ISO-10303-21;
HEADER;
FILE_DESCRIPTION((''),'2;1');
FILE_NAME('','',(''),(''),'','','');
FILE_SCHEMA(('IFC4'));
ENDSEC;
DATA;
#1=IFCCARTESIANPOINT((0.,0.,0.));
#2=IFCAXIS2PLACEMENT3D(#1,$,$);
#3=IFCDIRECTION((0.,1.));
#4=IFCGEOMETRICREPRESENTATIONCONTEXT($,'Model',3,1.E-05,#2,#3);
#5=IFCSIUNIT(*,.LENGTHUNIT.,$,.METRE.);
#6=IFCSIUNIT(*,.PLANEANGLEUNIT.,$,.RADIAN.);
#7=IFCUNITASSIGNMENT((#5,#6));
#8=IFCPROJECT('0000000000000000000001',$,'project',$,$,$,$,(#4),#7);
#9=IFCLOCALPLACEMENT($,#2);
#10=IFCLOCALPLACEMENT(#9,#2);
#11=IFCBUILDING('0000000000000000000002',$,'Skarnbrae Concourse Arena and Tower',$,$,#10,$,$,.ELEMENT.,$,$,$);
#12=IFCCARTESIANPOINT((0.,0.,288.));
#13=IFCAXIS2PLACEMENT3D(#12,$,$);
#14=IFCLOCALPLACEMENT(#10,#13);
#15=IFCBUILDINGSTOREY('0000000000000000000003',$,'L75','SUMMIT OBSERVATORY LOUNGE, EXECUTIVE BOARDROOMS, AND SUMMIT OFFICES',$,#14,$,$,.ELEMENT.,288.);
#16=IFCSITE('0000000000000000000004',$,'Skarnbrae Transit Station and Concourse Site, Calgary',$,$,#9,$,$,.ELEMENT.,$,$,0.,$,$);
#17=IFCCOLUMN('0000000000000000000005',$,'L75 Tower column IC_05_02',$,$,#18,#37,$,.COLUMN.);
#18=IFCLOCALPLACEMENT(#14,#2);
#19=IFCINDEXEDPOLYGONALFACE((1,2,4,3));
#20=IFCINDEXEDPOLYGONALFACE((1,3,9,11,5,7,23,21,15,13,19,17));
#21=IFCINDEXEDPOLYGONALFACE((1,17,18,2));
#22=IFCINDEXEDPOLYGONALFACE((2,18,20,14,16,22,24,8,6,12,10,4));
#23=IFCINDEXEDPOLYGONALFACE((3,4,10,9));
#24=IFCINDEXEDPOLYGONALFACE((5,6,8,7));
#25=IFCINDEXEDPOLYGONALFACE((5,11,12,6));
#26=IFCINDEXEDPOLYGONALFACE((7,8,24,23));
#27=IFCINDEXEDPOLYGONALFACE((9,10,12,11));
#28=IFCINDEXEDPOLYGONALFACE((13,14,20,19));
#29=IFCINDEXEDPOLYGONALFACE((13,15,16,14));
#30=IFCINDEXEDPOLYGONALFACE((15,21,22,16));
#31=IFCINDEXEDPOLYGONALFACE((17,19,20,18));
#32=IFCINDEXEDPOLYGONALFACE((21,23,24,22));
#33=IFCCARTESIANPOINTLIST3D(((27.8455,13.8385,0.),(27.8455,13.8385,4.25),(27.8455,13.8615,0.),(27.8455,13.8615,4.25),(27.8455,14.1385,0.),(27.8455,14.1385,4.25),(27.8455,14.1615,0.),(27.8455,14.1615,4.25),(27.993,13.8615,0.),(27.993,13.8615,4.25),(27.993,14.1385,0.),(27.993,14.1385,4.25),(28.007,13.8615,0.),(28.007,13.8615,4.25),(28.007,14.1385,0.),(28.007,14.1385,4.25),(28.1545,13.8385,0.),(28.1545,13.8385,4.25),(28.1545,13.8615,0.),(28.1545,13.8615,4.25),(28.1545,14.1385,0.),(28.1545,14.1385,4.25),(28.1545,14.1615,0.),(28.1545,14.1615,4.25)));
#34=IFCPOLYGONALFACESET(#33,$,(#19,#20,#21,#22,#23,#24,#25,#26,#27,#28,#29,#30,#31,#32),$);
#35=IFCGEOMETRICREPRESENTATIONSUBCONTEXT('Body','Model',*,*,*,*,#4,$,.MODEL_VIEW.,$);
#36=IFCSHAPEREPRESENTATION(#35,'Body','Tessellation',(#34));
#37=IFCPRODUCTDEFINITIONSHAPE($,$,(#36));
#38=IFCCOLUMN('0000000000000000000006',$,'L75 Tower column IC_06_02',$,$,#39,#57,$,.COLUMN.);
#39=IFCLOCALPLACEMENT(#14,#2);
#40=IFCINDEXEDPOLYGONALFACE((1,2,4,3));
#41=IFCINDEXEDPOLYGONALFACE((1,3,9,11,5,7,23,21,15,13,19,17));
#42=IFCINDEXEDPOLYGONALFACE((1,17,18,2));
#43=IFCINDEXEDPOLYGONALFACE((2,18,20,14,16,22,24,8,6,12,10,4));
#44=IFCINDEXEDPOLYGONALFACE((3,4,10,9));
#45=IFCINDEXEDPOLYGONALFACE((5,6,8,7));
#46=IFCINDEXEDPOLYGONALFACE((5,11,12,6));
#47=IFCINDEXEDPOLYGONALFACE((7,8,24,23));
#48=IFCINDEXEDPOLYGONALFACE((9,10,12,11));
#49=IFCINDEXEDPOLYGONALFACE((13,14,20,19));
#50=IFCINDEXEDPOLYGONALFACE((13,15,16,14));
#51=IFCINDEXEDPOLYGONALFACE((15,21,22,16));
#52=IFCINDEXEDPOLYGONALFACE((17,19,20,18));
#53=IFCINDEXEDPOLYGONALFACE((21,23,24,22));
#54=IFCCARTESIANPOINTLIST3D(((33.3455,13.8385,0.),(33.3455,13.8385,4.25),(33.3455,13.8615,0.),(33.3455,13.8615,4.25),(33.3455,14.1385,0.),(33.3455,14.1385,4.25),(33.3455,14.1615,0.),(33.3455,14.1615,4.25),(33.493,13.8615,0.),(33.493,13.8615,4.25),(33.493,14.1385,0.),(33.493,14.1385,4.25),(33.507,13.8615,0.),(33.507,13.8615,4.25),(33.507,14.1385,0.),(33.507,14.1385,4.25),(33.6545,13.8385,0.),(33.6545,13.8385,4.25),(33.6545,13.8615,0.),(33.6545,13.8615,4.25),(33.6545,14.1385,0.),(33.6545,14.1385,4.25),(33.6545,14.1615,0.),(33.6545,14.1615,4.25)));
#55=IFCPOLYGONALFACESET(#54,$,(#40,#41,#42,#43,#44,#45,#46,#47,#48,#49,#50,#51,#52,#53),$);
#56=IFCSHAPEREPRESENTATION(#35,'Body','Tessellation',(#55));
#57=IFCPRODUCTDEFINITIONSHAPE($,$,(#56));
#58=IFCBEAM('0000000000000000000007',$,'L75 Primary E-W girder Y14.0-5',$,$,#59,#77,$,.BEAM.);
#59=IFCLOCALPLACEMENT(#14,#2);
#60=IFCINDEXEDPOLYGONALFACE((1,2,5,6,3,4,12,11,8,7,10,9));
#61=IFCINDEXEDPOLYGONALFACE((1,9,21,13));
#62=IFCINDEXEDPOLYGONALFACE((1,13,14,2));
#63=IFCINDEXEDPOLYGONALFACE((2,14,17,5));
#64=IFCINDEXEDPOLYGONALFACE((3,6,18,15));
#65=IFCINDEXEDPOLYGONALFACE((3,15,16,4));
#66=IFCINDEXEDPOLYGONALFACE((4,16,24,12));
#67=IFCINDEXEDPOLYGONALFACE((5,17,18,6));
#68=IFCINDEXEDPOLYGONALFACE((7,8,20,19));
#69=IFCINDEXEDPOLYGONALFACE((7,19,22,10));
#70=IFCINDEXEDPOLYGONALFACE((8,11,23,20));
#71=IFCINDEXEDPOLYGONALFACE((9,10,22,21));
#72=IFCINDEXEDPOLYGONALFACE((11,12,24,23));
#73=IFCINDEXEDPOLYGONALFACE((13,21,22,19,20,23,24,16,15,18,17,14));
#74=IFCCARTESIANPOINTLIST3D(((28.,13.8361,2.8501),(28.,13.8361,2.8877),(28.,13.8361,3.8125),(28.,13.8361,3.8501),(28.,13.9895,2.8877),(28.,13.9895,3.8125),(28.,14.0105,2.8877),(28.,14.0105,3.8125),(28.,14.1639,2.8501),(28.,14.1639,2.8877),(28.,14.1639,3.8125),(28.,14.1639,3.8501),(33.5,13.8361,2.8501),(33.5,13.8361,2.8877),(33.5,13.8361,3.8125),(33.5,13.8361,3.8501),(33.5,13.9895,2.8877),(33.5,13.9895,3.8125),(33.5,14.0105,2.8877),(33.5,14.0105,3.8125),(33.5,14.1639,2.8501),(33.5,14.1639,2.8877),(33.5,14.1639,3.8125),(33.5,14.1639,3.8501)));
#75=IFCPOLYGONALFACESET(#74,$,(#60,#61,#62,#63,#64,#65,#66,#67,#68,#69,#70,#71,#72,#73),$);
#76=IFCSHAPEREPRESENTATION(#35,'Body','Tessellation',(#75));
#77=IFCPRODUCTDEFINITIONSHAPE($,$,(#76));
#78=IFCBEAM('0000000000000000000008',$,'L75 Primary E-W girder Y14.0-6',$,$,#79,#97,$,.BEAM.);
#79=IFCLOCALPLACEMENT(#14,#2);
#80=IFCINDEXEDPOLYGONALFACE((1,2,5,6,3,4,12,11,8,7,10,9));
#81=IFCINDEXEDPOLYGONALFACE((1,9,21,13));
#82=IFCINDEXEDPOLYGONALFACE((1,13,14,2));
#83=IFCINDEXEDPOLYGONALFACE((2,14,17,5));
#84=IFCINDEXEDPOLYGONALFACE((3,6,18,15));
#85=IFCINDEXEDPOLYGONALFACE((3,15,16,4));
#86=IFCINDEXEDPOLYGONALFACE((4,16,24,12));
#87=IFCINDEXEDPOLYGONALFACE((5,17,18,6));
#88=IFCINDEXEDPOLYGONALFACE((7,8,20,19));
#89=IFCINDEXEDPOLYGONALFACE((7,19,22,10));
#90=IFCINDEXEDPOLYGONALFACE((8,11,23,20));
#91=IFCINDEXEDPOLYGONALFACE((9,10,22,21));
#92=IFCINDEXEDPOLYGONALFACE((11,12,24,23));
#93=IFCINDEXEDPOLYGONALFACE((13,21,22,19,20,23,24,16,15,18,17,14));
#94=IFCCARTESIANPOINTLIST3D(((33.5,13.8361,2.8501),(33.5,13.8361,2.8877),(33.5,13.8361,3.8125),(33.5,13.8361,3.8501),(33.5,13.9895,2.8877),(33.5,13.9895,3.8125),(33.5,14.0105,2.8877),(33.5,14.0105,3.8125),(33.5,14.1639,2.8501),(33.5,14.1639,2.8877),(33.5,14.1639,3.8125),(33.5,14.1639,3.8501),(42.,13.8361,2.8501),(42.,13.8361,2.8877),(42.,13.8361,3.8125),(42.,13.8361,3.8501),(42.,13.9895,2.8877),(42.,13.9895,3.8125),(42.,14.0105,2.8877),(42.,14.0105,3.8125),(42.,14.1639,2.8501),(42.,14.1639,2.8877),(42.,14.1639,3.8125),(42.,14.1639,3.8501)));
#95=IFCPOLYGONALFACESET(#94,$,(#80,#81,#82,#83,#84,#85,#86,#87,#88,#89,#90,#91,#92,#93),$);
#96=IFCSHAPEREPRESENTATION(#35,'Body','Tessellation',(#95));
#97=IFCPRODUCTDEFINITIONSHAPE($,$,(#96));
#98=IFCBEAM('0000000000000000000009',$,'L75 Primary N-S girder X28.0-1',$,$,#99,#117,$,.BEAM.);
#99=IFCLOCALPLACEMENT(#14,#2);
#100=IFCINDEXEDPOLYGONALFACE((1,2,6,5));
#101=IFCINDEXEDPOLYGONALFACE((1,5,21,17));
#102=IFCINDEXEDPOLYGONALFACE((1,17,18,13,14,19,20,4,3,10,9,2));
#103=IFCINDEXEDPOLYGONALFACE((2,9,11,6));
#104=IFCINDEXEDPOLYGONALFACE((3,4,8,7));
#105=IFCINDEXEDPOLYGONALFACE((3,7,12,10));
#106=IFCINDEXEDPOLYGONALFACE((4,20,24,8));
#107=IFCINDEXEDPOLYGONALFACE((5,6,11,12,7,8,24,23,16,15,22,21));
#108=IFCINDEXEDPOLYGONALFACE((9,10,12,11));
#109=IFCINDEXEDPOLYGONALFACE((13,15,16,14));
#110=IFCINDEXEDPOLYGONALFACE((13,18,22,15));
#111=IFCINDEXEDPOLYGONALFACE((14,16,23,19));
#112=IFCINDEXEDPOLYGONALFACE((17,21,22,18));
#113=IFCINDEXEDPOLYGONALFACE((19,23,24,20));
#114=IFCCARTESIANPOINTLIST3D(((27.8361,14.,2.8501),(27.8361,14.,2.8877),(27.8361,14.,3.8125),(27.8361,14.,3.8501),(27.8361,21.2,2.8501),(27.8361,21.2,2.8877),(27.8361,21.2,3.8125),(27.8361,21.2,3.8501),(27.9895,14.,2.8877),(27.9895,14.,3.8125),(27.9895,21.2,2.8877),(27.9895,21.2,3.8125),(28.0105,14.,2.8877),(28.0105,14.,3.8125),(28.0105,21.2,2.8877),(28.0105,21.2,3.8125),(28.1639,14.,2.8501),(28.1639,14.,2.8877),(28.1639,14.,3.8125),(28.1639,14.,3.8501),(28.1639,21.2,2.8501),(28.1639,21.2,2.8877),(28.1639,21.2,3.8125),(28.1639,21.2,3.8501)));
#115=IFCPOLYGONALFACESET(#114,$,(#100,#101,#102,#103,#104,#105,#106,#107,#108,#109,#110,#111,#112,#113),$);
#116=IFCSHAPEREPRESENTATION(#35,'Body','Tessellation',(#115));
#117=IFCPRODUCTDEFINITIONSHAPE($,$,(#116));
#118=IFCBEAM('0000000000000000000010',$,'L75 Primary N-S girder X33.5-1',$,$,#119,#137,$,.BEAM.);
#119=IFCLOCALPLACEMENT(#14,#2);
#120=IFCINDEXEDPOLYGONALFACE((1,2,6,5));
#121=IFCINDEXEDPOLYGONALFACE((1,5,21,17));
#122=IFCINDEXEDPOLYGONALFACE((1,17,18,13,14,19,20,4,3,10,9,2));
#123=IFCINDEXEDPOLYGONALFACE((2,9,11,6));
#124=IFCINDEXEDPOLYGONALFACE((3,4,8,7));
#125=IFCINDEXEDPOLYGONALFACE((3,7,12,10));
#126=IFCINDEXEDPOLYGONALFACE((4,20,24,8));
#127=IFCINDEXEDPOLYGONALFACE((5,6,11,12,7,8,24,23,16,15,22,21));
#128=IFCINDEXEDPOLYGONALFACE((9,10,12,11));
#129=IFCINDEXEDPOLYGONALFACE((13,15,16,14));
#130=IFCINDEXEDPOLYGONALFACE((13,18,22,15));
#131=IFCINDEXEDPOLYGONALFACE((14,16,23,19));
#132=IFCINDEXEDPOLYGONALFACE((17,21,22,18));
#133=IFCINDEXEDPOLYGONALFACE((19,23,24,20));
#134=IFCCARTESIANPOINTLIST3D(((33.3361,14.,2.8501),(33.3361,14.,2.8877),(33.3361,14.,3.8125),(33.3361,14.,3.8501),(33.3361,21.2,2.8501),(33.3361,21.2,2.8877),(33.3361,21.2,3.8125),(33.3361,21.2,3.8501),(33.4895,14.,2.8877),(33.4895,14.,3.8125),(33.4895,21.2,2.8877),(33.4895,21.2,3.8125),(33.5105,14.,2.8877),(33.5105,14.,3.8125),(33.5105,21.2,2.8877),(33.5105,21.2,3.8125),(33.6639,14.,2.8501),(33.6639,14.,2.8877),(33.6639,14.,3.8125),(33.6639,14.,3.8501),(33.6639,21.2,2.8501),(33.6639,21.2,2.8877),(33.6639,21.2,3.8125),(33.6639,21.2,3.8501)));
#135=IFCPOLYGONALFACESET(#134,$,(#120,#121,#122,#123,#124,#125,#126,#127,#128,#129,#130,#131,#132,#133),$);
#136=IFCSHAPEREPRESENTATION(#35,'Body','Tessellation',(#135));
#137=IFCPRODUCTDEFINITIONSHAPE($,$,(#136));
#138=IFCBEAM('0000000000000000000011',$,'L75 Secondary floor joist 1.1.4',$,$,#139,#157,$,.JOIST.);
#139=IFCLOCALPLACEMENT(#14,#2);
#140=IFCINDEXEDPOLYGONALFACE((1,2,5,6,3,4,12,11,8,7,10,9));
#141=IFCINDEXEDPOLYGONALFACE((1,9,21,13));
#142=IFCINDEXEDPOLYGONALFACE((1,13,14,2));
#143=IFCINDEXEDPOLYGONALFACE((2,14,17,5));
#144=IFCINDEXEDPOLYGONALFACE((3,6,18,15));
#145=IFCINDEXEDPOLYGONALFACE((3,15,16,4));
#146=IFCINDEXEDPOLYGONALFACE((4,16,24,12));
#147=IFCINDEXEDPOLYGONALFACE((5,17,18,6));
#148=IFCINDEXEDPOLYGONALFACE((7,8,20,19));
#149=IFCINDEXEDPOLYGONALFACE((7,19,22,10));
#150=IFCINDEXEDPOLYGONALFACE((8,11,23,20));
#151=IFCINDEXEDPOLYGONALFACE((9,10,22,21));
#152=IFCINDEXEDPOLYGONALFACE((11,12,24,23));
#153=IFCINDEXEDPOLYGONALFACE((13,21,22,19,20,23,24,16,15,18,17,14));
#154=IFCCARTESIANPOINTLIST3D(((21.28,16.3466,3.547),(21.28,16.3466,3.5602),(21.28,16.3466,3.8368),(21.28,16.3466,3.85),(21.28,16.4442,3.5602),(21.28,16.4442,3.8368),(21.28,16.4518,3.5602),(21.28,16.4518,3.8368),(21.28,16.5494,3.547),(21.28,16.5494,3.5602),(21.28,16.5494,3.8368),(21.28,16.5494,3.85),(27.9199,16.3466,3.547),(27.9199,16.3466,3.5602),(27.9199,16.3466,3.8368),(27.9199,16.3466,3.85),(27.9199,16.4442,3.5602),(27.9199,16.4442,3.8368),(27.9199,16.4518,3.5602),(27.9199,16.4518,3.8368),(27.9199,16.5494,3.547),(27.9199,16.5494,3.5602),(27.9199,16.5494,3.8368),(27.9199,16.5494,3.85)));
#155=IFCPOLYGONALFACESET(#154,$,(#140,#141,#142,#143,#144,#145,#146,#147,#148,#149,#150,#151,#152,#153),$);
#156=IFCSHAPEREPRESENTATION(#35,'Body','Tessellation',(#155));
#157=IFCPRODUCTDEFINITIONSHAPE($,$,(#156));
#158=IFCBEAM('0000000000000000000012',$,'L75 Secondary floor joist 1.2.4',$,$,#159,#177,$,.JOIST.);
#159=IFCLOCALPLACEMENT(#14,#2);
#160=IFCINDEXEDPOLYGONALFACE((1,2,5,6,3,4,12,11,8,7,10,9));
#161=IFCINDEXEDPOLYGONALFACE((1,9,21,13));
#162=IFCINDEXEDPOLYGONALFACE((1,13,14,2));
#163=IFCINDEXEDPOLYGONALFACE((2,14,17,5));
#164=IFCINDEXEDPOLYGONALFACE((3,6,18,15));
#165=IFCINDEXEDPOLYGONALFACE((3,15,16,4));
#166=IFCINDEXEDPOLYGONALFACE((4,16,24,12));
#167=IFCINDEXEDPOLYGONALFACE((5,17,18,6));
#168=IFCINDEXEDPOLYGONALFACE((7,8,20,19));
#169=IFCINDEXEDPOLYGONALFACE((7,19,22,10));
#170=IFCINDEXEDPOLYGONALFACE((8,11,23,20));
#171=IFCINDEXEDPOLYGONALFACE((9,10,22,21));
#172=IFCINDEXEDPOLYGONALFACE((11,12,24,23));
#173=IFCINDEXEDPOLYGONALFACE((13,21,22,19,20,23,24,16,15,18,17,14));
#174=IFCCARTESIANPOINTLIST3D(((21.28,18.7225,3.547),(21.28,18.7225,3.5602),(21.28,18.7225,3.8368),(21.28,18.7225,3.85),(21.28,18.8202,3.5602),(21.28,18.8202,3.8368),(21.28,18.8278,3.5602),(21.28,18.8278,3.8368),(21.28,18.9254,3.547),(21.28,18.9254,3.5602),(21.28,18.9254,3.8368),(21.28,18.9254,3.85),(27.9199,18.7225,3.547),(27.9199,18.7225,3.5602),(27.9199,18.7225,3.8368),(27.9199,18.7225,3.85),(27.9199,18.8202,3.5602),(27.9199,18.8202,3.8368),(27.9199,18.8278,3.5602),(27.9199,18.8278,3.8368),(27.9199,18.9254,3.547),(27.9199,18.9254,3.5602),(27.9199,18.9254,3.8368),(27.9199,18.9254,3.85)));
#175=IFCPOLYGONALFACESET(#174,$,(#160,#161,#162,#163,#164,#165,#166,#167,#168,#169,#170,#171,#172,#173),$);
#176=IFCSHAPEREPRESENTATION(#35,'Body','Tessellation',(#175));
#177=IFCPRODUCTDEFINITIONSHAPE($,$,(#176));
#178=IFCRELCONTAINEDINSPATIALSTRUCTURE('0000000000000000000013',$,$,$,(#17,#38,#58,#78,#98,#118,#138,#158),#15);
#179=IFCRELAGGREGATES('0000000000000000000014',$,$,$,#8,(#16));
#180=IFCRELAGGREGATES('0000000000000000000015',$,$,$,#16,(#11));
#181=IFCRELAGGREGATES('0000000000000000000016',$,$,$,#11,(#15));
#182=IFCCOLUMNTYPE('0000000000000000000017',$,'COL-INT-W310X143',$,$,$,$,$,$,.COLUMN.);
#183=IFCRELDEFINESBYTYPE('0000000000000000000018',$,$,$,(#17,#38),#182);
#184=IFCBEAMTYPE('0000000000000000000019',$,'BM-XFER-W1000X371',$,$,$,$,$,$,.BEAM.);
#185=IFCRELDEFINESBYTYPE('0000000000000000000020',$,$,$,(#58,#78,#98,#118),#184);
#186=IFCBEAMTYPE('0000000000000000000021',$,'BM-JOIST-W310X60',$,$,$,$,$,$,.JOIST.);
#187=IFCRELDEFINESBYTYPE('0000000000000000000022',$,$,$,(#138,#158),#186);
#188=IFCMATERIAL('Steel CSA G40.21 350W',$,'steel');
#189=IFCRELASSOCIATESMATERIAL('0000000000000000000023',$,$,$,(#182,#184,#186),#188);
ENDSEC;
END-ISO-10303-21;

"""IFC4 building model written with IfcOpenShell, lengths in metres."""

from ifc_helpers import new_model, si_unit, direction, frame, origin, origin_2d, place, context, subcontext, project, spatial, i_section, extrude, source, transform, mapped, material, material_profile, profile_set, type_object, element, save


model = new_model("IFC4")

# Units and contexts
model_context = context("Model", 3, precision=1e-05, world=origin(), true_north=direction((0.0, 1.0)))
body_context = subcontext(model_context, "Body", "Model", "MODEL_VIEW")
ifc_project = project(units=[si_unit("LENGTHUNIT", "METRE"), si_unit("PLANEANGLEUNIT", "RADIAN")], contexts=[model_context])

# Site, building, storey
site_placement = place(None, origin())
site = spatial("IfcSite", under=ifc_project, at=site_placement, Name="Skarnbrae Transit Station and Concourse Site, Calgary", CompositionType="ELEMENT", RefElevation=0.0)
building_placement = place(site_placement, origin())
building = spatial("IfcBuilding", under=site, at=building_placement, Name="Skarnbrae Concourse Arena and Tower", CompositionType="ELEMENT")
storey_placement = place(building_placement, frame((0.0, 0.0, 288.0)))
storey = spatial("IfcBuildingStorey", under=building, at=storey_placement, Name="L75", Description="SUMMIT OBSERVATORY LOUNGE, EXECUTIVE BOARDROOMS, AND SUMMIT OFFICES", CompositionType="ELEMENT", Elevation=288.0)

# Columns
ifc_material_1 = material(Name="Steel CSA G40.21 350W", Category="steel")
ifc_material_profile_1 = material_profile(ifc_material_1, i_section(OverallWidth=0.3091, OverallDepth=0.323, WebThickness=0.0139, FlangeThickness=0.0229, at=origin_2d()), Name="W310X143")
ifc_profile_set_1 = profile_set([ifc_material_profile_1], Name="Steel CSA G40.21 350W")
column_type = type_object("IfcColumnType", Name="COL-INT-W310X143", PredefinedType="COLUMN", material=ifc_profile_set_1)
shared_shape_1 = source(origin(), body_context, "Body", "SweptSolid", [
    extrude(i_section(OverallWidth=0.3091, OverallDepth=0.323, WebThickness=0.0139, FlangeThickness=0.0229, at=origin_2d()), origin(), (0.0, 0.0, 1.0), 4.25),
])
for number, where, z_axis, x_axis, name in (
    (1, (28.0, 14.0, 0.0), (0.0, 0.0, 1.0), (1.0, 0.0, 0.0), "L75 Tower column IC_05_02"),
    (2, (33.5, 14.0, 0.0), (0.0, 0.0, 1.0), (1.0, 0.0, 0.0), "L75 Tower column IC_06_02"),
):
    element("IfcColumn", number, at=place(storey_placement, frame(where, z_axis=z_axis, x_axis=x_axis)), inside=storey, type_object=column_type, Name=name, PredefinedType="COLUMN", context=body_context, shape_type="MappedRepresentation", body=[
        mapped(shared_shape_1, transform((0.0, 0.0, 0.0))),
    ])

# Beams
ifc_material_profile_2 = material_profile(ifc_material_1, i_section(OverallWidth=0.3279, OverallDepth=1.0, WebThickness=0.021, FlangeThickness=0.0376, at=origin_2d()), Name="W1000X371")
ifc_profile_set_2 = profile_set([ifc_material_profile_2], Name="Steel CSA G40.21 350W")
beam_type_1 = type_object("IfcBeamType", Name="BM-XFER-W1000X371", PredefinedType="BEAM", material=ifc_profile_set_2)
shared_shape_2 = source(origin(), body_context, "Body", "SweptSolid", [
    extrude(i_section(OverallWidth=0.3279, OverallDepth=1.0, WebThickness=0.021, FlangeThickness=0.0376, at=origin_2d()), origin(), (0.0, 0.0, 1.0), 5.5),
])
beam_1_placement = place(storey_placement, frame((28.0, 14.0, 3.3501), z_axis=(1.0, 0.0, 0.0), x_axis=(0.0, 1.0, 0.0)))
element("IfcBeam", 3, at=beam_1_placement, inside=storey, type_object=beam_type_1, Name="L75 Primary E-W girder Y14.0-5", PredefinedType="BEAM", context=body_context, shape_type="MappedRepresentation", body=[
    mapped(shared_shape_2, transform((0.0, 0.0, 0.0))),
])
shared_shape_3 = source(origin(), body_context, "Body", "SweptSolid", [
    extrude(i_section(OverallWidth=0.3279, OverallDepth=1.0, WebThickness=0.021, FlangeThickness=0.0376, at=origin_2d()), origin(), (0.0, 0.0, 1.0), 8.5),
])
beam_2_placement = place(storey_placement, frame((33.5, 14.0, 3.3501), z_axis=(1.0, 0.0, 0.0), x_axis=(0.0, 1.0, 0.0)))
element("IfcBeam", 4, at=beam_2_placement, inside=storey, type_object=beam_type_1, Name="L75 Primary E-W girder Y14.0-6", PredefinedType="BEAM", context=body_context, shape_type="MappedRepresentation", body=[
    mapped(shared_shape_3, transform((0.0, 0.0, 0.0))),
])
shared_shape_4 = source(origin(), body_context, "Body", "SweptSolid", [
    extrude(i_section(OverallWidth=0.3279, OverallDepth=1.0, WebThickness=0.021, FlangeThickness=0.0376, at=origin_2d()), origin(), (0.0, 0.0, 1.0), 7.2),
])
for number, where, z_axis, x_axis, name in (
    (5, (28.0, 14.0, 3.3501), (0.0, 1.0, 0.0), (-1.0, 0.0, 0.0), "L75 Primary N-S girder X28.0-1"),
    (6, (33.5, 14.0, 3.3501), (0.0, 1.0, 0.0), (-1.0, 0.0, 0.0), "L75 Primary N-S girder X33.5-1"),
):
    element("IfcBeam", number, at=place(storey_placement, frame(where, z_axis=z_axis, x_axis=x_axis)), inside=storey, type_object=beam_type_1, Name=name, PredefinedType="BEAM", context=body_context, shape_type="MappedRepresentation", body=[
        mapped(shared_shape_4, transform((0.0, 0.0, 0.0))),
    ])
ifc_material_profile_3 = material_profile(ifc_material_1, i_section(OverallWidth=0.2029, OverallDepth=0.303, WebThickness=0.0076, FlangeThickness=0.0132, at=origin_2d()), Name="W310X60")
ifc_profile_set_3 = profile_set([ifc_material_profile_3], Name="Steel CSA G40.21 350W")
beam_type_2 = type_object("IfcBeamType", Name="BM-JOIST-W310X60", PredefinedType="JOIST", material=ifc_profile_set_3)
shared_shape_5 = source(origin(), body_context, "Body", "SweptSolid", [
    extrude(i_section(OverallWidth=0.2029, OverallDepth=0.303, WebThickness=0.0076, FlangeThickness=0.0132, at=origin_2d()), origin(), (0.0, 0.0, 1.0), 6.6399),
])
for number, where, z_axis, x_axis, name in (
    (7, (21.28, 16.448, 3.6985), (1.0, 0.0, 0.0), (0.0, 1.0, 0.0), "L75 Secondary floor joist 1.1.4"),
    (8, (21.28, 18.824, 3.6985), (1.0, 0.0, 0.0), (0.0, 1.0, 0.0), "L75 Secondary floor joist 1.2.4"),
):
    element("IfcBeam", number, at=place(storey_placement, frame(where, z_axis=z_axis, x_axis=x_axis)), inside=storey, type_object=beam_type_2, Name=name, PredefinedType="JOIST", context=body_context, shape_type="MappedRepresentation", body=[
        mapped(shared_shape_5, transform((0.0, 0.0, 0.0))),
    ])

save(model, "model.ifc")
